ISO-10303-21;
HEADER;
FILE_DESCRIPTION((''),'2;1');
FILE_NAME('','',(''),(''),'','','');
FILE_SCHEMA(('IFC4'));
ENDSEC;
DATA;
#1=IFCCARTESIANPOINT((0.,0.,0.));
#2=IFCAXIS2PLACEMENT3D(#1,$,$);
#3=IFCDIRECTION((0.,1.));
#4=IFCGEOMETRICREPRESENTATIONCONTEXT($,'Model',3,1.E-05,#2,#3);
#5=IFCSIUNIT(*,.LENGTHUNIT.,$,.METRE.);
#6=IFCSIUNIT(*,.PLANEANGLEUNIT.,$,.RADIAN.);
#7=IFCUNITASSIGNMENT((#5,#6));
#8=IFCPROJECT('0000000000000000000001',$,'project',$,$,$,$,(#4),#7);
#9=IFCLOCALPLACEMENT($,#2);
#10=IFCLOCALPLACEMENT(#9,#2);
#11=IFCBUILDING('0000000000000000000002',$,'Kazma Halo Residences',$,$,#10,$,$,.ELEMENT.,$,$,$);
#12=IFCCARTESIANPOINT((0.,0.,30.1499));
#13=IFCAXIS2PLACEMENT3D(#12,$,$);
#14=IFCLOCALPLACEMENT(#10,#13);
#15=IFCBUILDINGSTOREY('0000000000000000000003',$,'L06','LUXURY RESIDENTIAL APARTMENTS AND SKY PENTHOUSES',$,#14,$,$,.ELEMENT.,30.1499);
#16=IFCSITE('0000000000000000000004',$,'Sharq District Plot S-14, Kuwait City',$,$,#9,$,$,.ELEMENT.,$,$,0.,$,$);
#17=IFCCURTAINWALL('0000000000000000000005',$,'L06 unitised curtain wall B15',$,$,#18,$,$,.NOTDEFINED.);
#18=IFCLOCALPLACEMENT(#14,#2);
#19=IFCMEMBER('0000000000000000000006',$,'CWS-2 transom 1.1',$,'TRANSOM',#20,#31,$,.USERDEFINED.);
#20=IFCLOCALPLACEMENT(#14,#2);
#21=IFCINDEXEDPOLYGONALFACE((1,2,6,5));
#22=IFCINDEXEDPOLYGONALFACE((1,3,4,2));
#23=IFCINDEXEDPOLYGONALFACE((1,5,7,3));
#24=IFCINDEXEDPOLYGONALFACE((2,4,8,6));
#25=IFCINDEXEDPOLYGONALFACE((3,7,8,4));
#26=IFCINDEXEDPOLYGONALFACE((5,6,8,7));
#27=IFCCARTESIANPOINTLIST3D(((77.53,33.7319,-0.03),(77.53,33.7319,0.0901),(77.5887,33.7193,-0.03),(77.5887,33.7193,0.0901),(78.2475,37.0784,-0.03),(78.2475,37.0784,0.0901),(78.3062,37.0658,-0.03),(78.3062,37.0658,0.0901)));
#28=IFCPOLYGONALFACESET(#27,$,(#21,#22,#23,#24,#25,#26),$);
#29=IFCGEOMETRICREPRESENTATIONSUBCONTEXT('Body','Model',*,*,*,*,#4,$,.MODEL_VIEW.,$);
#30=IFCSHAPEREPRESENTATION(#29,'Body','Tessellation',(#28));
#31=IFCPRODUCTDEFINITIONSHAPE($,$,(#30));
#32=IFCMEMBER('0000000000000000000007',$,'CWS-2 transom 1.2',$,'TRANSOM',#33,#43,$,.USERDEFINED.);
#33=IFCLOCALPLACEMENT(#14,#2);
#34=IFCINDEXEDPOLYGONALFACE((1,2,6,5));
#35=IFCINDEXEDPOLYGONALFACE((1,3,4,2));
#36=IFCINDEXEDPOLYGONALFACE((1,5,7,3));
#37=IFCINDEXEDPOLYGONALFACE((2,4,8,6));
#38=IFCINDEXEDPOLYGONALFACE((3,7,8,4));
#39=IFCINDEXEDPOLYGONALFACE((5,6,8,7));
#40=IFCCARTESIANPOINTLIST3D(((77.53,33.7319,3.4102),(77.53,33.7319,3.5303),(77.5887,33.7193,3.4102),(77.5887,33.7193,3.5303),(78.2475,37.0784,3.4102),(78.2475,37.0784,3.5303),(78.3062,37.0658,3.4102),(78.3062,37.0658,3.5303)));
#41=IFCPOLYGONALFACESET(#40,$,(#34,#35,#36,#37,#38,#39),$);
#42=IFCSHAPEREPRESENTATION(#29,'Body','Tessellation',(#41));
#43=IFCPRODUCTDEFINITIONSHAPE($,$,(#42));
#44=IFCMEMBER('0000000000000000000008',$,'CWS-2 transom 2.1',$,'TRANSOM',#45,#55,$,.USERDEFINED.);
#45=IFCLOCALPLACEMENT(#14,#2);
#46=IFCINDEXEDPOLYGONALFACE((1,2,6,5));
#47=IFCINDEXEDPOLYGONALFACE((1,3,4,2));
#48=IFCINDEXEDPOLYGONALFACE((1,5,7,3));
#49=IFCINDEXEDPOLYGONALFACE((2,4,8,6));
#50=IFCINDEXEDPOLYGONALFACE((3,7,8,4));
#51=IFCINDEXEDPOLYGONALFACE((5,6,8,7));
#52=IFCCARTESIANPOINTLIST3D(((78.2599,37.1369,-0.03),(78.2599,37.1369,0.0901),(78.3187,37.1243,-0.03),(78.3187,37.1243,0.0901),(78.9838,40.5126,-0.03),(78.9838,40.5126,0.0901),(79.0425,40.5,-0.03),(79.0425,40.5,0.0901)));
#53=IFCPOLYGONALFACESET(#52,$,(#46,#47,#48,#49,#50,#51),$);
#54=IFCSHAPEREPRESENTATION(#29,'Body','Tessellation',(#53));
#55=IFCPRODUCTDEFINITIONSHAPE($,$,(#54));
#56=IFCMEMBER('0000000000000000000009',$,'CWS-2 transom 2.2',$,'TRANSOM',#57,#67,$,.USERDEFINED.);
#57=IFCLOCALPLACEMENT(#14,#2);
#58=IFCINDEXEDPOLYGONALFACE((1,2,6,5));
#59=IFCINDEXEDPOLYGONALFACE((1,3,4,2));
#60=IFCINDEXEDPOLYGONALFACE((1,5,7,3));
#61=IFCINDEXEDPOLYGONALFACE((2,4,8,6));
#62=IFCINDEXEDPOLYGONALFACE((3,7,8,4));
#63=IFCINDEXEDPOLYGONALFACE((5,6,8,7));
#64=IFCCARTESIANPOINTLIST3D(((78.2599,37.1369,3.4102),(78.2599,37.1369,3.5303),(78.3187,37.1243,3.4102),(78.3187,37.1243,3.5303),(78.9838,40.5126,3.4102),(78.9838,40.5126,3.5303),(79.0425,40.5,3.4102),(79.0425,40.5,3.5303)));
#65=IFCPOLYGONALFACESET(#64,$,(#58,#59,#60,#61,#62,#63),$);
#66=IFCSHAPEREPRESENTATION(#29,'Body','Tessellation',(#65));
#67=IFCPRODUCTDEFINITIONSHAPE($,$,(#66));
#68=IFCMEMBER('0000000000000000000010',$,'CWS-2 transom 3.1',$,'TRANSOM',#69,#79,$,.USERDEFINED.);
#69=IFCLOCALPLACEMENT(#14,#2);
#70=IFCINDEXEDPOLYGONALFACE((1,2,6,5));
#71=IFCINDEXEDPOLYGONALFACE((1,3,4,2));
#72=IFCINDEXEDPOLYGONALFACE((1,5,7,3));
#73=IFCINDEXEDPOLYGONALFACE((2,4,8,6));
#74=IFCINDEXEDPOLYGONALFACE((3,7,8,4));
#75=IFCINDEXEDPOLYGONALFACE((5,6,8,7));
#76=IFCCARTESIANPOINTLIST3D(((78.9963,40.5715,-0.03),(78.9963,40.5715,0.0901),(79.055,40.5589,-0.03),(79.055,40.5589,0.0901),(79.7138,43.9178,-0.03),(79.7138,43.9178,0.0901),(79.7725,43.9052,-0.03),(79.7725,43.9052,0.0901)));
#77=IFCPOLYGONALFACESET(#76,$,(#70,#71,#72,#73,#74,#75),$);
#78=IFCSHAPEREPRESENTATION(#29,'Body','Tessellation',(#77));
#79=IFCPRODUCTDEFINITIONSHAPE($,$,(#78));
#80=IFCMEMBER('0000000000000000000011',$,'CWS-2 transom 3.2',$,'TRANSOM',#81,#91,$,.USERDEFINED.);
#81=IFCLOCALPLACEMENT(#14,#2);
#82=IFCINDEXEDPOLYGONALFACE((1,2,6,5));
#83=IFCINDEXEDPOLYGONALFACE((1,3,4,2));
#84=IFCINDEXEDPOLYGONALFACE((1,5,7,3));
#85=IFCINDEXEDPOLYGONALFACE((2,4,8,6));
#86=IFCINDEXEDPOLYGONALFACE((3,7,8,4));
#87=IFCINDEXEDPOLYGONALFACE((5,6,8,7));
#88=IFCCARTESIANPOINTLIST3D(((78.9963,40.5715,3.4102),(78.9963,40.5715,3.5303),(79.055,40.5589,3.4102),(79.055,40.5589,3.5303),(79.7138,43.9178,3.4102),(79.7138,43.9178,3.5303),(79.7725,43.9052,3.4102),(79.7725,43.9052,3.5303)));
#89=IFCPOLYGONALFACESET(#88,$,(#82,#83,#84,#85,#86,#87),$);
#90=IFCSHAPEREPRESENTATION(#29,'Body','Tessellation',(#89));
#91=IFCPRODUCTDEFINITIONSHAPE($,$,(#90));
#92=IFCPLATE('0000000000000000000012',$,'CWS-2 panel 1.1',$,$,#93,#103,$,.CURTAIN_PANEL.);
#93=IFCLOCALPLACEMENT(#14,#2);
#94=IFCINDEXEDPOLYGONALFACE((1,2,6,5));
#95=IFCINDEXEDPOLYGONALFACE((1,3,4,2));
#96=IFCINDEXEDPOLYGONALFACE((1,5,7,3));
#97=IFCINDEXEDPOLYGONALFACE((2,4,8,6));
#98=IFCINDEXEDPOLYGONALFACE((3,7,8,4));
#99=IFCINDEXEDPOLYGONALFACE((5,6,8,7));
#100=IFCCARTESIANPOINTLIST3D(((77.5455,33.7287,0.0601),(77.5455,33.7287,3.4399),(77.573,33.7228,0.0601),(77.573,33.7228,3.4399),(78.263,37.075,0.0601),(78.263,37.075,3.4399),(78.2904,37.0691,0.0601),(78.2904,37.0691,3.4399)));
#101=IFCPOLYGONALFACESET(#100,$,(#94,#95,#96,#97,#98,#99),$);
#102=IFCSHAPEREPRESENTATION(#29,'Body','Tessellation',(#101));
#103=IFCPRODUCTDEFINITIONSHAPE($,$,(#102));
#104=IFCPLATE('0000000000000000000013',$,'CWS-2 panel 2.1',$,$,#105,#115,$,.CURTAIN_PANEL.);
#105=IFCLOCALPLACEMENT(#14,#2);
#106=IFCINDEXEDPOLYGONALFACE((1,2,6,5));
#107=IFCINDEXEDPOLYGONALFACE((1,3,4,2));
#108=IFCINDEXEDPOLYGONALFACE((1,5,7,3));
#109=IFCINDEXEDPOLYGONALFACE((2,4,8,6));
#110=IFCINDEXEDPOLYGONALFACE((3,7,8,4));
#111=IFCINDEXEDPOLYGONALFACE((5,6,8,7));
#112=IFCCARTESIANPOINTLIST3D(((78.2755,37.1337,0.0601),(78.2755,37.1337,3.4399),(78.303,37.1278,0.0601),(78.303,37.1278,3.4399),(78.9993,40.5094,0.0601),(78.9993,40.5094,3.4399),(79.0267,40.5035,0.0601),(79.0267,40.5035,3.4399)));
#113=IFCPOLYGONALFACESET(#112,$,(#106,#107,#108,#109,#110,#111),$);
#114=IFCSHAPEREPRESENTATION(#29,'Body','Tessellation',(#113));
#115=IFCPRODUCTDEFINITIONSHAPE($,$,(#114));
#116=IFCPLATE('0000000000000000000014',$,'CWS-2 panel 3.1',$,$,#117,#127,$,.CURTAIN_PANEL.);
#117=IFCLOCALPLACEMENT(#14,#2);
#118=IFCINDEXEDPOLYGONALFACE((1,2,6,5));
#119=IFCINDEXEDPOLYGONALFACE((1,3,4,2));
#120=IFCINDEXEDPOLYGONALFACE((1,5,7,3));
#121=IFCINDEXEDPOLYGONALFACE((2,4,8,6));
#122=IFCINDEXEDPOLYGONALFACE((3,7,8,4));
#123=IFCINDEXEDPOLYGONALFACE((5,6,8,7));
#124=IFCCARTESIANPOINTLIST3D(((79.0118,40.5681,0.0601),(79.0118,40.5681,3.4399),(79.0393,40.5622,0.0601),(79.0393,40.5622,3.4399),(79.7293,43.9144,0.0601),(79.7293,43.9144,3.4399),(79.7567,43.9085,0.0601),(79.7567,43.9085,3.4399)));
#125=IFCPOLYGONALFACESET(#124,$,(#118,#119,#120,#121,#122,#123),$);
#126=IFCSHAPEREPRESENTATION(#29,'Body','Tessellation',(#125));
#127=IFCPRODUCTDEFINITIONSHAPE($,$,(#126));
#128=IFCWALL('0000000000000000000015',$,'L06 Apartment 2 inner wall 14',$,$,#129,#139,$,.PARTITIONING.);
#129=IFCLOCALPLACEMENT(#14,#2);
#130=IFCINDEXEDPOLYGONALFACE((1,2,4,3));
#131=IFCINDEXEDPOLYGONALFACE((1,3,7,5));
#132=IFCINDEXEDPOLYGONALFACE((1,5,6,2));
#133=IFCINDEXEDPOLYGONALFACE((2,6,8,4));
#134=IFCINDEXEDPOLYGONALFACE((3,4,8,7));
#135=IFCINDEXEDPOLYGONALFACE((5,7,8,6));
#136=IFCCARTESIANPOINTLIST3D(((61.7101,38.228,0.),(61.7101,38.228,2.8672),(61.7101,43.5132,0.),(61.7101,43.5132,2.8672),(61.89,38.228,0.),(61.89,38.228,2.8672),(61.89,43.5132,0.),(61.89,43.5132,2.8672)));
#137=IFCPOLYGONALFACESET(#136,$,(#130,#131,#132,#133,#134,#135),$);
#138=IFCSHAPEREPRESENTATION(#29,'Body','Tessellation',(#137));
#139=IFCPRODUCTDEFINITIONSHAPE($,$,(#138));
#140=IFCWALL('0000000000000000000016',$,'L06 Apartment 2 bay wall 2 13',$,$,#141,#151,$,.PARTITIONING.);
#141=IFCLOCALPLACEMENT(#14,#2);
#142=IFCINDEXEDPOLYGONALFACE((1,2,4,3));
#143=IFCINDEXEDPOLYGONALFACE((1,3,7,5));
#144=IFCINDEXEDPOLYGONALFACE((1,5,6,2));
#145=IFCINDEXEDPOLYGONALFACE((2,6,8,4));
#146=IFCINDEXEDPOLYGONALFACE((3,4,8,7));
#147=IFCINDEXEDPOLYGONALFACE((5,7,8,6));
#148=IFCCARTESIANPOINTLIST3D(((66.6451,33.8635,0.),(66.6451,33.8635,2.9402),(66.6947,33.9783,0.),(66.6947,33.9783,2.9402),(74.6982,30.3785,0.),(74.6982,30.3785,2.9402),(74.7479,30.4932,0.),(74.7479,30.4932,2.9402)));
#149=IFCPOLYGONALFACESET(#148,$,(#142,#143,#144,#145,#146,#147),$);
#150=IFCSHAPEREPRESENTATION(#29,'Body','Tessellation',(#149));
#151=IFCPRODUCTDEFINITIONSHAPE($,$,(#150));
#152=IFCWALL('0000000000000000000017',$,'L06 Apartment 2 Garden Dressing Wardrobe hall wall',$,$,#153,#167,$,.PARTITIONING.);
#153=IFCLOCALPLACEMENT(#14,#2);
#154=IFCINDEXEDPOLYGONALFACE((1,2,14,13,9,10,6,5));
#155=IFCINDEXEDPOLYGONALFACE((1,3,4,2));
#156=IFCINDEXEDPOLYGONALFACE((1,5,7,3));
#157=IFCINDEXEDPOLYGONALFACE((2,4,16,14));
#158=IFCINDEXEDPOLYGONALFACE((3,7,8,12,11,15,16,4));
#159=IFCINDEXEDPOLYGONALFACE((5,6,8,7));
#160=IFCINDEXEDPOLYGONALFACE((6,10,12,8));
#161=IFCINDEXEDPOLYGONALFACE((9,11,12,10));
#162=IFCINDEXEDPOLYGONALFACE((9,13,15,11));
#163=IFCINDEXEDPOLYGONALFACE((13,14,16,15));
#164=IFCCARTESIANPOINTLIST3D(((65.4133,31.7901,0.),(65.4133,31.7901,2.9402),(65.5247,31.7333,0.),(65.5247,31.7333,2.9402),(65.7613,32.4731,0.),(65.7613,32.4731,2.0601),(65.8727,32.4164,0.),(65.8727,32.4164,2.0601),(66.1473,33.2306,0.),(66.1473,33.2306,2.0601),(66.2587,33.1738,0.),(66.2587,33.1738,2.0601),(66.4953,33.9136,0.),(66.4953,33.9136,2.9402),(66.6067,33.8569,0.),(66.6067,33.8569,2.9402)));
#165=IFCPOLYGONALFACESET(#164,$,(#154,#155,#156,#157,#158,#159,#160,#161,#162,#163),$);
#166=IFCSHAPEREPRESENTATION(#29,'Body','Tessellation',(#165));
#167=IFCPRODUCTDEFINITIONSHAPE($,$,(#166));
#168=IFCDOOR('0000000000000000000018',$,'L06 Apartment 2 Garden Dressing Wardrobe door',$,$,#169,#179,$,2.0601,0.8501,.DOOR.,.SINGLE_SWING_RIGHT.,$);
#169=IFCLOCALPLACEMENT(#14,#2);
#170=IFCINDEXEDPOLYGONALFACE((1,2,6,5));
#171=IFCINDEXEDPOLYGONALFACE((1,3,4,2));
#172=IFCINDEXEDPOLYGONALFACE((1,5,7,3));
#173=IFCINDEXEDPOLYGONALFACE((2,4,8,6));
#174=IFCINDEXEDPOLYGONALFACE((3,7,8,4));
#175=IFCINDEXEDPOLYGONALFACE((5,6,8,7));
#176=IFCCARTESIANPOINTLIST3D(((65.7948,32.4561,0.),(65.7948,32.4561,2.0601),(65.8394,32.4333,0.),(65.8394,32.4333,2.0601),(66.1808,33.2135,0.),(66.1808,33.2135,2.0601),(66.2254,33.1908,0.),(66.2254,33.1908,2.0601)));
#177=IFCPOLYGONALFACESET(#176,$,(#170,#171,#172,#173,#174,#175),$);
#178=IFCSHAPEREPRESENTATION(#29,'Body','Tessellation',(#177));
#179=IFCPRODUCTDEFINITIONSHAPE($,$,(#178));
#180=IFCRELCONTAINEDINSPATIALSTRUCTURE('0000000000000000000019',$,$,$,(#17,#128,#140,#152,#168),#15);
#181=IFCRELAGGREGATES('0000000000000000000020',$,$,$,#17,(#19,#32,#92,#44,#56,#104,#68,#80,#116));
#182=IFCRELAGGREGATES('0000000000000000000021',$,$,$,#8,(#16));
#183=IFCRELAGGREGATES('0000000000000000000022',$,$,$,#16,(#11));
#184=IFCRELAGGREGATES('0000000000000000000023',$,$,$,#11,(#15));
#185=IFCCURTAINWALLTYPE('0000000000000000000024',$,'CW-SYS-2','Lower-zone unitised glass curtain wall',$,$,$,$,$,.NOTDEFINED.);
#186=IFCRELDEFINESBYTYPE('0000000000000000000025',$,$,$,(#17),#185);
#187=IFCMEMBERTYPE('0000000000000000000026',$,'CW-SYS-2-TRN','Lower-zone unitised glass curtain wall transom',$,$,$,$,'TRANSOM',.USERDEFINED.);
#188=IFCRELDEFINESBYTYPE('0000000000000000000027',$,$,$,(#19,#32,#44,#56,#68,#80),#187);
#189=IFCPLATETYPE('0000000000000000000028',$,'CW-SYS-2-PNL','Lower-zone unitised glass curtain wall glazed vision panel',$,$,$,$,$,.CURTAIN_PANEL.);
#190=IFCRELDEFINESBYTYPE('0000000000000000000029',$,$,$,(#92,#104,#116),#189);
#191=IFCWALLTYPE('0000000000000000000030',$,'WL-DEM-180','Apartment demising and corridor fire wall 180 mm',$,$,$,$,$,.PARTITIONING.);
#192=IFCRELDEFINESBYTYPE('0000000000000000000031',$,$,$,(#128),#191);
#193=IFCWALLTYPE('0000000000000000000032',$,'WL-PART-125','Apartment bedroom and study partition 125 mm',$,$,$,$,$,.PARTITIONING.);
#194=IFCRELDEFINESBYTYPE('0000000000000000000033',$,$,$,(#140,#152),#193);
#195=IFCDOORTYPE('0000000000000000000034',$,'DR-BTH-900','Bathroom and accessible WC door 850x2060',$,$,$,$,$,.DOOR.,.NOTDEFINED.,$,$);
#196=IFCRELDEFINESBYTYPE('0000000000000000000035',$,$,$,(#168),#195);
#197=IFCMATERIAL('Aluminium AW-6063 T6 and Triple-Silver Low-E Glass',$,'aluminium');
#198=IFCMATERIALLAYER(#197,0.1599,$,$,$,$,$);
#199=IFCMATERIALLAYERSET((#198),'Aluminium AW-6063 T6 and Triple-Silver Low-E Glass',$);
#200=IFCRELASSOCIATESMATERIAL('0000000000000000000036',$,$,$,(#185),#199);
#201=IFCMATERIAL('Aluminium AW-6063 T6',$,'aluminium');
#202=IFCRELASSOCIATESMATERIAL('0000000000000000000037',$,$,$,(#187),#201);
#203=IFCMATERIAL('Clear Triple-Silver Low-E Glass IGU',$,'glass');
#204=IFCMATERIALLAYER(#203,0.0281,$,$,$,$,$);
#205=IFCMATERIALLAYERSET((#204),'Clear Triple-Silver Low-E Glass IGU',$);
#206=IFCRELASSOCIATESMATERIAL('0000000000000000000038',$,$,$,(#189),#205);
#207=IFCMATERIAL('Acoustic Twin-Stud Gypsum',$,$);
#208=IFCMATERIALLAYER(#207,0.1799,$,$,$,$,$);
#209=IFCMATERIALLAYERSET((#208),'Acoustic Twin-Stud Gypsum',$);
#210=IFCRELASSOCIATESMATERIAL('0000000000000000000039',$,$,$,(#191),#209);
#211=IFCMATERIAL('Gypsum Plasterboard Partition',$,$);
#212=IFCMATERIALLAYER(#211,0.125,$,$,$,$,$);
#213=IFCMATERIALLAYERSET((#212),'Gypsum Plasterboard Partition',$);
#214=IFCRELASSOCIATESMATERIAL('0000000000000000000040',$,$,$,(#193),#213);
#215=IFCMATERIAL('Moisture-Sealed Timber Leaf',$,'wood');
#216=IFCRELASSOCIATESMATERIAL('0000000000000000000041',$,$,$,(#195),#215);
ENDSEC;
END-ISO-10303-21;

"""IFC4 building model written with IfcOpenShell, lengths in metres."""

from ifc_helpers import new_model, si_unit, direction, frame, frame_2d, origin, origin_2d, place, context, subcontext, project, spatial, rectangle, extrude, material, layer, layer_set, material_profile, profile_set, type_object, element, fill, aggregate, save


model = new_model("IFC4")

# Units and contexts
model_context = context("Model", 3, precision=1e-05, world=origin(), true_north=direction((0.0, 1.0)))
body_context = subcontext(model_context, "Body", "Model", "MODEL_VIEW")
ifc_project = project(units=[si_unit("LENGTHUNIT", "METRE"), si_unit("PLANEANGLEUNIT", "RADIAN")], contexts=[model_context])

# Site, building, storey
site_placement = place(None, origin())
site = spatial("IfcSite", under=ifc_project, at=site_placement, Name="Sharq District Plot S-14, Kuwait City", CompositionType="ELEMENT", RefElevation=0.0)
building_placement = place(site_placement, origin())
building = spatial("IfcBuilding", under=site, at=building_placement, Name="Kazma Halo Residences", CompositionType="ELEMENT")
storey_placement = place(building_placement, frame((0.0, 0.0, 30.1499)))
storey = spatial("IfcBuildingStorey", under=building, at=storey_placement, Name="L06", Description="LUXURY RESIDENTIAL APARTMENTS AND SKY PENTHOUSES", CompositionType="ELEMENT", Elevation=30.1499)

# Curtain wall, members, plates
ifc_material_1 = material(Name="Aluminium AW-6063 T6 and Triple-Silver Low-E Glass", Category="aluminium")
ifc_layer_1 = layer(ifc_material_1, 0.1599)
ifc_layer_set_1 = layer_set([ifc_layer_1], Name="Aluminium AW-6063 T6 and Triple-Silver Low-E Glass")
curtain_wall_type = type_object("IfcCurtainWallType", Name="CW-SYS-2", Description="Lower-zone unitised glass curtain wall", PredefinedType="NOTDEFINED", material=ifc_layer_set_1)
curtain_wall_placement = place(storey_placement, origin())
curtain_wall = element("IfcCurtainWall", 1, at=curtain_wall_placement, inside=storey, type_object=curtain_wall_type, Name="L06 unitised curtain wall B15", PredefinedType="NOTDEFINED")
ifc_material_2 = material(Name="Aluminium AW-6063 T6", Category="aluminium")
ifc_material_profile_1 = material_profile(ifc_material_2, rectangle(XDim=0.0601, YDim=0.1201, at=origin_2d()), Name="CWT-60x120")
ifc_profile_set_1 = profile_set([ifc_material_profile_1], Name="Aluminium AW-6063 T6")
member_type_1 = type_object("IfcMemberType", Name="CW-SYS-2-TRN", Description="Lower-zone unitised glass curtain wall transom", ElementType="TRANSOM", PredefinedType="USERDEFINED", material=ifc_profile_set_1)
member_1_placement = place(storey_placement, frame((77.5593, 33.7256, 0.03), z_axis=(0.209651, 0.977776, 0.0), x_axis=(-0.977776, 0.209651, 0.0)))
member_1 = element("IfcMember", 2, at=member_1_placement, type_object=member_type_1, Name="CWS-2 transom 1.1", ObjectType="TRANSOM", PredefinedType="USERDEFINED", context=body_context, shape_type="SweptSolid", body=[
    extrude(rectangle(XDim=0.0601, YDim=0.1201, at=origin_2d()), origin(), (0.0, 0.0, 1.0), 3.4226),
])
member_2_placement = place(storey_placement, frame((77.5593, 33.7256, 3.4702), z_axis=(0.209651, 0.977776, 0.0), x_axis=(-0.977776, 0.209651, 0.0)))
member_2 = element("IfcMember", 3, at=member_2_placement, type_object=member_type_1, Name="CWS-2 transom 1.2", ObjectType="TRANSOM", PredefinedType="USERDEFINED", context=body_context, shape_type="SweptSolid", body=[
    extrude(rectangle(XDim=0.0601, YDim=0.1201, at=origin_2d()), origin(), (0.0, 0.0, 1.0), 3.4226),
])
member_3_placement = place(storey_placement, frame((78.2893, 37.1306, 0.03), z_axis=(0.209669, 0.977772, 0.0), x_axis=(-0.977772, 0.209669, 0.0)))
member_3 = element("IfcMember", 4, at=member_3_placement, type_object=member_type_1, Name="CWS-2 transom 2.1", ObjectType="TRANSOM", PredefinedType="USERDEFINED", context=body_context, shape_type="SweptSolid", body=[
    extrude(rectangle(XDim=0.0601, YDim=0.1201, at=origin_2d()), origin(), (0.0, 0.0, 1.0), 3.4524),
])
member_4_placement = place(storey_placement, frame((78.2893, 37.1306, 3.4702), z_axis=(0.209669, 0.977772, 0.0), x_axis=(-0.977772, 0.209669, 0.0)))
member_4 = element("IfcMember", 5, at=member_4_placement, type_object=member_type_1, Name="CWS-2 transom 2.2", ObjectType="TRANSOM", PredefinedType="USERDEFINED", context=body_context, shape_type="SweptSolid", body=[
    extrude(rectangle(XDim=0.0601, YDim=0.1201, at=origin_2d()), origin(), (0.0, 0.0, 1.0), 3.4524),
])
member_5_placement = place(storey_placement, frame((79.0256, 40.5652, 0.03), z_axis=(0.209666, 0.977773, 0.0), x_axis=(-0.977773, 0.209666, 0.0)))
member_5 = element("IfcMember", 6, at=member_5_placement, type_object=member_type_1, Name="CWS-2 transom 3.1", ObjectType="TRANSOM", PredefinedType="USERDEFINED", context=body_context, shape_type="SweptSolid", body=[
    extrude(rectangle(XDim=0.0601, YDim=0.1201, at=origin_2d()), origin(), (0.0, 0.0, 1.0), 3.4224),
])
member_6_placement = place(storey_placement, frame((79.0256, 40.5652, 3.4702), z_axis=(0.209666, 0.977773, 0.0), x_axis=(-0.977773, 0.209666, 0.0)))
member_6 = element("IfcMember", 7, at=member_6_placement, type_object=member_type_1, Name="CWS-2 transom 3.2", ObjectType="TRANSOM", PredefinedType="USERDEFINED", context=body_context, shape_type="SweptSolid", body=[
    extrude(rectangle(XDim=0.0601, YDim=0.1201, at=origin_2d()), origin(), (0.0, 0.0, 1.0), 3.4224),
])
ifc_material_3 = material(Name="Clear Triple-Silver Low-E Glass IGU", Category="glass")
ifc_layer_2 = layer(ifc_material_3, 0.0281)
ifc_layer_set_2 = layer_set([ifc_layer_2], Name="Clear Triple-Silver Low-E Glass IGU")
plate_type = type_object("IfcPlateType", Name="CW-SYS-2-PNL", Description="Lower-zone unitised glass curtain wall glazed vision panel", PredefinedType="CURTAIN_PANEL", material=ifc_layer_set_2)
plate_1_placement = place(storey_placement, frame((77.918, 35.3989, 0.0601), z_axis=(0.0, 0.0, 1.0), x_axis=(0.209637, 0.977779, 0.0)))
plate_1 = element("IfcPlate", 8, at=plate_1_placement, type_object=plate_type, Name="CWS-2 panel 1.1", PredefinedType="CURTAIN_PANEL", context=body_context, shape_type="SweptSolid", body=[
    extrude(rectangle(XDim=3.4224, YDim=0.0281, at=origin_2d()), origin(), (0.0, 0.0, 1.0), 3.3799),
])
plate_2_placement = place(storey_placement, frame((78.6511, 38.8186, 0.0601), z_axis=(0.0, 0.0, 1.0), x_axis=(0.209637, 0.977779, 0.0)))
plate_2 = element("IfcPlate", 9, at=plate_2_placement, type_object=plate_type, Name="CWS-2 panel 2.1", PredefinedType="CURTAIN_PANEL", context=body_context, shape_type="SweptSolid", body=[
    extrude(rectangle(XDim=3.4524, YDim=0.0281, at=origin_2d()), origin(), (0.0, 0.0, 1.0), 3.3799),
])
plate_3_placement = place(storey_placement, frame((79.3843, 42.2383, 0.0601), z_axis=(0.0, 0.0, 1.0), x_axis=(0.209637, 0.977779, 0.0)))
plate_3 = element("IfcPlate", 10, at=plate_3_placement, type_object=plate_type, Name="CWS-2 panel 3.1", PredefinedType="CURTAIN_PANEL", context=body_context, shape_type="SweptSolid", body=[
    extrude(rectangle(XDim=3.4224, YDim=0.0281, at=origin_2d()), origin(), (0.0, 0.0, 1.0), 3.3799),
])
aggregate(curtain_wall, [member_1, member_2, plate_1, member_3, member_4, plate_2, member_5, member_6, plate_3])

# Walls
ifc_material_4 = material(Name="Acoustic Twin-Stud Gypsum")
ifc_layer_3 = layer(ifc_material_4, 0.1799)
ifc_layer_set_3 = layer_set([ifc_layer_3], Name="Acoustic Twin-Stud Gypsum")
wall_type_1 = type_object("IfcWallType", Name="WL-DEM-180", Description="Apartment demising and corridor fire wall 180 mm", PredefinedType="PARTITIONING", material=ifc_layer_set_3)
wall_1_placement = place(storey_placement, frame((61.8, 38.228, 0.0), z_axis=(0.0, 0.0, 1.0), x_axis=(0.0, 1.0, 0.0)))
element("IfcWall", 11, at=wall_1_placement, inside=storey, type_object=wall_type_1, Name="L06 Apartment 2 inner wall 14", PredefinedType="PARTITIONING", context=body_context, shape_type="SweptSolid", body=[
    extrude(rectangle(XDim=5.2852, YDim=0.1799, at=frame_2d((2.6426, 0.0))), origin(), (0.0, 0.0, 1.0), 2.8672),
])
ifc_material_5 = material(Name="Gypsum Plasterboard Partition")
ifc_layer_4 = layer(ifc_material_5, 0.125)
ifc_layer_set_4 = layer_set([ifc_layer_4], Name="Gypsum Plasterboard Partition")
wall_type_2 = type_object("IfcWallType", Name="WL-PART-125", Description="Apartment bedroom and study partition 125 mm", PredefinedType="PARTITIONING", material=ifc_layer_set_4)
wall_2_placement = place(storey_placement, frame((66.6699, 33.9209, 0.0), z_axis=(0.0, 0.0, 1.0), x_axis=(0.917748, -0.397164, 0.0)))
element("IfcWall", 12, at=wall_2_placement, inside=storey, type_object=wall_type_2, Name="L06 Apartment 2 bay wall 2 13", PredefinedType="PARTITIONING", context=body_context, shape_type="SweptSolid", body=[
    extrude(rectangle(XDim=8.7749, YDim=0.125, at=frame_2d((4.3875, 0.0))), origin(), (0.0, 0.0, 1.0), 2.9402),
])

# Wall, opening, door
wall_3_placement = place(storey_placement, frame((65.469, 31.7617, 0.0), z_axis=(0.0, 0.0, 1.0), x_axis=(0.454003, 0.891, 0.0)))
wall_3 = element("IfcWall", 13, at=wall_3_placement, inside=storey, type_object=wall_type_2, Name="L06 Apartment 2 Garden Dressing Wardrobe hall wall", PredefinedType="PARTITIONING", context=body_context, shape_type="SweptSolid", body=[
    extrude(rectangle(XDim=2.3833, YDim=0.125, at=frame_2d((1.1917, 0.0))), origin(), (0.0, 0.0, 1.0), 2.9402),
])
opening_1_placement = place(wall_3_placement, frame((0.7666, 0.0, 0.0)))
opening_1 = element("IfcOpeningElement", 14, at=opening_1_placement, cuts=wall_3, PredefinedType="OPENING", context=body_context, shape_type="SweptSolid", body=[
    extrude(rectangle(XDim=0.8501, YDim=2.0601, at=frame_2d((0.425, 1.03))), frame((0.0, 0.0725, 0.0), z_axis=(0.0, -1.0, 0.0), x_axis=(1.0, 0.0, 0.0)), (0.0, 0.0, 1.0), 0.145),
])
ifc_material_6 = material(Name="Moisture-Sealed Timber Leaf", Category="wood")
door_type_1 = type_object("IfcDoorType", Name="DR-BTH-900", Description="Bathroom and accessible WC door 850x2060", OperationType="NOTDEFINED", PredefinedType="DOOR", material=ifc_material_6)
door_1_placement = place(opening_1_placement, origin())
door_1 = element("IfcDoor", 15, at=door_1_placement, inside=storey, type_object=door_type_1, Name="L06 Apartment 2 Garden Dressing Wardrobe door", OperationType="SINGLE_SWING_RIGHT", OverallHeight=2.0601, OverallWidth=0.8501, PredefinedType="DOOR", context=body_context, shape_type="SweptSolid", body=[
    extrude(rectangle(XDim=0.8501, YDim=2.0601, at=frame_2d((0.425, 1.03))), frame((0.0, 0.0249, 0.0), z_axis=(0.0, -1.0, 0.0), x_axis=(1.0, 0.0, 0.0)), (0.0, 0.0, 1.0), 0.05),
])
fill(opening_1, door_1)

save(model, "model.ifc")
